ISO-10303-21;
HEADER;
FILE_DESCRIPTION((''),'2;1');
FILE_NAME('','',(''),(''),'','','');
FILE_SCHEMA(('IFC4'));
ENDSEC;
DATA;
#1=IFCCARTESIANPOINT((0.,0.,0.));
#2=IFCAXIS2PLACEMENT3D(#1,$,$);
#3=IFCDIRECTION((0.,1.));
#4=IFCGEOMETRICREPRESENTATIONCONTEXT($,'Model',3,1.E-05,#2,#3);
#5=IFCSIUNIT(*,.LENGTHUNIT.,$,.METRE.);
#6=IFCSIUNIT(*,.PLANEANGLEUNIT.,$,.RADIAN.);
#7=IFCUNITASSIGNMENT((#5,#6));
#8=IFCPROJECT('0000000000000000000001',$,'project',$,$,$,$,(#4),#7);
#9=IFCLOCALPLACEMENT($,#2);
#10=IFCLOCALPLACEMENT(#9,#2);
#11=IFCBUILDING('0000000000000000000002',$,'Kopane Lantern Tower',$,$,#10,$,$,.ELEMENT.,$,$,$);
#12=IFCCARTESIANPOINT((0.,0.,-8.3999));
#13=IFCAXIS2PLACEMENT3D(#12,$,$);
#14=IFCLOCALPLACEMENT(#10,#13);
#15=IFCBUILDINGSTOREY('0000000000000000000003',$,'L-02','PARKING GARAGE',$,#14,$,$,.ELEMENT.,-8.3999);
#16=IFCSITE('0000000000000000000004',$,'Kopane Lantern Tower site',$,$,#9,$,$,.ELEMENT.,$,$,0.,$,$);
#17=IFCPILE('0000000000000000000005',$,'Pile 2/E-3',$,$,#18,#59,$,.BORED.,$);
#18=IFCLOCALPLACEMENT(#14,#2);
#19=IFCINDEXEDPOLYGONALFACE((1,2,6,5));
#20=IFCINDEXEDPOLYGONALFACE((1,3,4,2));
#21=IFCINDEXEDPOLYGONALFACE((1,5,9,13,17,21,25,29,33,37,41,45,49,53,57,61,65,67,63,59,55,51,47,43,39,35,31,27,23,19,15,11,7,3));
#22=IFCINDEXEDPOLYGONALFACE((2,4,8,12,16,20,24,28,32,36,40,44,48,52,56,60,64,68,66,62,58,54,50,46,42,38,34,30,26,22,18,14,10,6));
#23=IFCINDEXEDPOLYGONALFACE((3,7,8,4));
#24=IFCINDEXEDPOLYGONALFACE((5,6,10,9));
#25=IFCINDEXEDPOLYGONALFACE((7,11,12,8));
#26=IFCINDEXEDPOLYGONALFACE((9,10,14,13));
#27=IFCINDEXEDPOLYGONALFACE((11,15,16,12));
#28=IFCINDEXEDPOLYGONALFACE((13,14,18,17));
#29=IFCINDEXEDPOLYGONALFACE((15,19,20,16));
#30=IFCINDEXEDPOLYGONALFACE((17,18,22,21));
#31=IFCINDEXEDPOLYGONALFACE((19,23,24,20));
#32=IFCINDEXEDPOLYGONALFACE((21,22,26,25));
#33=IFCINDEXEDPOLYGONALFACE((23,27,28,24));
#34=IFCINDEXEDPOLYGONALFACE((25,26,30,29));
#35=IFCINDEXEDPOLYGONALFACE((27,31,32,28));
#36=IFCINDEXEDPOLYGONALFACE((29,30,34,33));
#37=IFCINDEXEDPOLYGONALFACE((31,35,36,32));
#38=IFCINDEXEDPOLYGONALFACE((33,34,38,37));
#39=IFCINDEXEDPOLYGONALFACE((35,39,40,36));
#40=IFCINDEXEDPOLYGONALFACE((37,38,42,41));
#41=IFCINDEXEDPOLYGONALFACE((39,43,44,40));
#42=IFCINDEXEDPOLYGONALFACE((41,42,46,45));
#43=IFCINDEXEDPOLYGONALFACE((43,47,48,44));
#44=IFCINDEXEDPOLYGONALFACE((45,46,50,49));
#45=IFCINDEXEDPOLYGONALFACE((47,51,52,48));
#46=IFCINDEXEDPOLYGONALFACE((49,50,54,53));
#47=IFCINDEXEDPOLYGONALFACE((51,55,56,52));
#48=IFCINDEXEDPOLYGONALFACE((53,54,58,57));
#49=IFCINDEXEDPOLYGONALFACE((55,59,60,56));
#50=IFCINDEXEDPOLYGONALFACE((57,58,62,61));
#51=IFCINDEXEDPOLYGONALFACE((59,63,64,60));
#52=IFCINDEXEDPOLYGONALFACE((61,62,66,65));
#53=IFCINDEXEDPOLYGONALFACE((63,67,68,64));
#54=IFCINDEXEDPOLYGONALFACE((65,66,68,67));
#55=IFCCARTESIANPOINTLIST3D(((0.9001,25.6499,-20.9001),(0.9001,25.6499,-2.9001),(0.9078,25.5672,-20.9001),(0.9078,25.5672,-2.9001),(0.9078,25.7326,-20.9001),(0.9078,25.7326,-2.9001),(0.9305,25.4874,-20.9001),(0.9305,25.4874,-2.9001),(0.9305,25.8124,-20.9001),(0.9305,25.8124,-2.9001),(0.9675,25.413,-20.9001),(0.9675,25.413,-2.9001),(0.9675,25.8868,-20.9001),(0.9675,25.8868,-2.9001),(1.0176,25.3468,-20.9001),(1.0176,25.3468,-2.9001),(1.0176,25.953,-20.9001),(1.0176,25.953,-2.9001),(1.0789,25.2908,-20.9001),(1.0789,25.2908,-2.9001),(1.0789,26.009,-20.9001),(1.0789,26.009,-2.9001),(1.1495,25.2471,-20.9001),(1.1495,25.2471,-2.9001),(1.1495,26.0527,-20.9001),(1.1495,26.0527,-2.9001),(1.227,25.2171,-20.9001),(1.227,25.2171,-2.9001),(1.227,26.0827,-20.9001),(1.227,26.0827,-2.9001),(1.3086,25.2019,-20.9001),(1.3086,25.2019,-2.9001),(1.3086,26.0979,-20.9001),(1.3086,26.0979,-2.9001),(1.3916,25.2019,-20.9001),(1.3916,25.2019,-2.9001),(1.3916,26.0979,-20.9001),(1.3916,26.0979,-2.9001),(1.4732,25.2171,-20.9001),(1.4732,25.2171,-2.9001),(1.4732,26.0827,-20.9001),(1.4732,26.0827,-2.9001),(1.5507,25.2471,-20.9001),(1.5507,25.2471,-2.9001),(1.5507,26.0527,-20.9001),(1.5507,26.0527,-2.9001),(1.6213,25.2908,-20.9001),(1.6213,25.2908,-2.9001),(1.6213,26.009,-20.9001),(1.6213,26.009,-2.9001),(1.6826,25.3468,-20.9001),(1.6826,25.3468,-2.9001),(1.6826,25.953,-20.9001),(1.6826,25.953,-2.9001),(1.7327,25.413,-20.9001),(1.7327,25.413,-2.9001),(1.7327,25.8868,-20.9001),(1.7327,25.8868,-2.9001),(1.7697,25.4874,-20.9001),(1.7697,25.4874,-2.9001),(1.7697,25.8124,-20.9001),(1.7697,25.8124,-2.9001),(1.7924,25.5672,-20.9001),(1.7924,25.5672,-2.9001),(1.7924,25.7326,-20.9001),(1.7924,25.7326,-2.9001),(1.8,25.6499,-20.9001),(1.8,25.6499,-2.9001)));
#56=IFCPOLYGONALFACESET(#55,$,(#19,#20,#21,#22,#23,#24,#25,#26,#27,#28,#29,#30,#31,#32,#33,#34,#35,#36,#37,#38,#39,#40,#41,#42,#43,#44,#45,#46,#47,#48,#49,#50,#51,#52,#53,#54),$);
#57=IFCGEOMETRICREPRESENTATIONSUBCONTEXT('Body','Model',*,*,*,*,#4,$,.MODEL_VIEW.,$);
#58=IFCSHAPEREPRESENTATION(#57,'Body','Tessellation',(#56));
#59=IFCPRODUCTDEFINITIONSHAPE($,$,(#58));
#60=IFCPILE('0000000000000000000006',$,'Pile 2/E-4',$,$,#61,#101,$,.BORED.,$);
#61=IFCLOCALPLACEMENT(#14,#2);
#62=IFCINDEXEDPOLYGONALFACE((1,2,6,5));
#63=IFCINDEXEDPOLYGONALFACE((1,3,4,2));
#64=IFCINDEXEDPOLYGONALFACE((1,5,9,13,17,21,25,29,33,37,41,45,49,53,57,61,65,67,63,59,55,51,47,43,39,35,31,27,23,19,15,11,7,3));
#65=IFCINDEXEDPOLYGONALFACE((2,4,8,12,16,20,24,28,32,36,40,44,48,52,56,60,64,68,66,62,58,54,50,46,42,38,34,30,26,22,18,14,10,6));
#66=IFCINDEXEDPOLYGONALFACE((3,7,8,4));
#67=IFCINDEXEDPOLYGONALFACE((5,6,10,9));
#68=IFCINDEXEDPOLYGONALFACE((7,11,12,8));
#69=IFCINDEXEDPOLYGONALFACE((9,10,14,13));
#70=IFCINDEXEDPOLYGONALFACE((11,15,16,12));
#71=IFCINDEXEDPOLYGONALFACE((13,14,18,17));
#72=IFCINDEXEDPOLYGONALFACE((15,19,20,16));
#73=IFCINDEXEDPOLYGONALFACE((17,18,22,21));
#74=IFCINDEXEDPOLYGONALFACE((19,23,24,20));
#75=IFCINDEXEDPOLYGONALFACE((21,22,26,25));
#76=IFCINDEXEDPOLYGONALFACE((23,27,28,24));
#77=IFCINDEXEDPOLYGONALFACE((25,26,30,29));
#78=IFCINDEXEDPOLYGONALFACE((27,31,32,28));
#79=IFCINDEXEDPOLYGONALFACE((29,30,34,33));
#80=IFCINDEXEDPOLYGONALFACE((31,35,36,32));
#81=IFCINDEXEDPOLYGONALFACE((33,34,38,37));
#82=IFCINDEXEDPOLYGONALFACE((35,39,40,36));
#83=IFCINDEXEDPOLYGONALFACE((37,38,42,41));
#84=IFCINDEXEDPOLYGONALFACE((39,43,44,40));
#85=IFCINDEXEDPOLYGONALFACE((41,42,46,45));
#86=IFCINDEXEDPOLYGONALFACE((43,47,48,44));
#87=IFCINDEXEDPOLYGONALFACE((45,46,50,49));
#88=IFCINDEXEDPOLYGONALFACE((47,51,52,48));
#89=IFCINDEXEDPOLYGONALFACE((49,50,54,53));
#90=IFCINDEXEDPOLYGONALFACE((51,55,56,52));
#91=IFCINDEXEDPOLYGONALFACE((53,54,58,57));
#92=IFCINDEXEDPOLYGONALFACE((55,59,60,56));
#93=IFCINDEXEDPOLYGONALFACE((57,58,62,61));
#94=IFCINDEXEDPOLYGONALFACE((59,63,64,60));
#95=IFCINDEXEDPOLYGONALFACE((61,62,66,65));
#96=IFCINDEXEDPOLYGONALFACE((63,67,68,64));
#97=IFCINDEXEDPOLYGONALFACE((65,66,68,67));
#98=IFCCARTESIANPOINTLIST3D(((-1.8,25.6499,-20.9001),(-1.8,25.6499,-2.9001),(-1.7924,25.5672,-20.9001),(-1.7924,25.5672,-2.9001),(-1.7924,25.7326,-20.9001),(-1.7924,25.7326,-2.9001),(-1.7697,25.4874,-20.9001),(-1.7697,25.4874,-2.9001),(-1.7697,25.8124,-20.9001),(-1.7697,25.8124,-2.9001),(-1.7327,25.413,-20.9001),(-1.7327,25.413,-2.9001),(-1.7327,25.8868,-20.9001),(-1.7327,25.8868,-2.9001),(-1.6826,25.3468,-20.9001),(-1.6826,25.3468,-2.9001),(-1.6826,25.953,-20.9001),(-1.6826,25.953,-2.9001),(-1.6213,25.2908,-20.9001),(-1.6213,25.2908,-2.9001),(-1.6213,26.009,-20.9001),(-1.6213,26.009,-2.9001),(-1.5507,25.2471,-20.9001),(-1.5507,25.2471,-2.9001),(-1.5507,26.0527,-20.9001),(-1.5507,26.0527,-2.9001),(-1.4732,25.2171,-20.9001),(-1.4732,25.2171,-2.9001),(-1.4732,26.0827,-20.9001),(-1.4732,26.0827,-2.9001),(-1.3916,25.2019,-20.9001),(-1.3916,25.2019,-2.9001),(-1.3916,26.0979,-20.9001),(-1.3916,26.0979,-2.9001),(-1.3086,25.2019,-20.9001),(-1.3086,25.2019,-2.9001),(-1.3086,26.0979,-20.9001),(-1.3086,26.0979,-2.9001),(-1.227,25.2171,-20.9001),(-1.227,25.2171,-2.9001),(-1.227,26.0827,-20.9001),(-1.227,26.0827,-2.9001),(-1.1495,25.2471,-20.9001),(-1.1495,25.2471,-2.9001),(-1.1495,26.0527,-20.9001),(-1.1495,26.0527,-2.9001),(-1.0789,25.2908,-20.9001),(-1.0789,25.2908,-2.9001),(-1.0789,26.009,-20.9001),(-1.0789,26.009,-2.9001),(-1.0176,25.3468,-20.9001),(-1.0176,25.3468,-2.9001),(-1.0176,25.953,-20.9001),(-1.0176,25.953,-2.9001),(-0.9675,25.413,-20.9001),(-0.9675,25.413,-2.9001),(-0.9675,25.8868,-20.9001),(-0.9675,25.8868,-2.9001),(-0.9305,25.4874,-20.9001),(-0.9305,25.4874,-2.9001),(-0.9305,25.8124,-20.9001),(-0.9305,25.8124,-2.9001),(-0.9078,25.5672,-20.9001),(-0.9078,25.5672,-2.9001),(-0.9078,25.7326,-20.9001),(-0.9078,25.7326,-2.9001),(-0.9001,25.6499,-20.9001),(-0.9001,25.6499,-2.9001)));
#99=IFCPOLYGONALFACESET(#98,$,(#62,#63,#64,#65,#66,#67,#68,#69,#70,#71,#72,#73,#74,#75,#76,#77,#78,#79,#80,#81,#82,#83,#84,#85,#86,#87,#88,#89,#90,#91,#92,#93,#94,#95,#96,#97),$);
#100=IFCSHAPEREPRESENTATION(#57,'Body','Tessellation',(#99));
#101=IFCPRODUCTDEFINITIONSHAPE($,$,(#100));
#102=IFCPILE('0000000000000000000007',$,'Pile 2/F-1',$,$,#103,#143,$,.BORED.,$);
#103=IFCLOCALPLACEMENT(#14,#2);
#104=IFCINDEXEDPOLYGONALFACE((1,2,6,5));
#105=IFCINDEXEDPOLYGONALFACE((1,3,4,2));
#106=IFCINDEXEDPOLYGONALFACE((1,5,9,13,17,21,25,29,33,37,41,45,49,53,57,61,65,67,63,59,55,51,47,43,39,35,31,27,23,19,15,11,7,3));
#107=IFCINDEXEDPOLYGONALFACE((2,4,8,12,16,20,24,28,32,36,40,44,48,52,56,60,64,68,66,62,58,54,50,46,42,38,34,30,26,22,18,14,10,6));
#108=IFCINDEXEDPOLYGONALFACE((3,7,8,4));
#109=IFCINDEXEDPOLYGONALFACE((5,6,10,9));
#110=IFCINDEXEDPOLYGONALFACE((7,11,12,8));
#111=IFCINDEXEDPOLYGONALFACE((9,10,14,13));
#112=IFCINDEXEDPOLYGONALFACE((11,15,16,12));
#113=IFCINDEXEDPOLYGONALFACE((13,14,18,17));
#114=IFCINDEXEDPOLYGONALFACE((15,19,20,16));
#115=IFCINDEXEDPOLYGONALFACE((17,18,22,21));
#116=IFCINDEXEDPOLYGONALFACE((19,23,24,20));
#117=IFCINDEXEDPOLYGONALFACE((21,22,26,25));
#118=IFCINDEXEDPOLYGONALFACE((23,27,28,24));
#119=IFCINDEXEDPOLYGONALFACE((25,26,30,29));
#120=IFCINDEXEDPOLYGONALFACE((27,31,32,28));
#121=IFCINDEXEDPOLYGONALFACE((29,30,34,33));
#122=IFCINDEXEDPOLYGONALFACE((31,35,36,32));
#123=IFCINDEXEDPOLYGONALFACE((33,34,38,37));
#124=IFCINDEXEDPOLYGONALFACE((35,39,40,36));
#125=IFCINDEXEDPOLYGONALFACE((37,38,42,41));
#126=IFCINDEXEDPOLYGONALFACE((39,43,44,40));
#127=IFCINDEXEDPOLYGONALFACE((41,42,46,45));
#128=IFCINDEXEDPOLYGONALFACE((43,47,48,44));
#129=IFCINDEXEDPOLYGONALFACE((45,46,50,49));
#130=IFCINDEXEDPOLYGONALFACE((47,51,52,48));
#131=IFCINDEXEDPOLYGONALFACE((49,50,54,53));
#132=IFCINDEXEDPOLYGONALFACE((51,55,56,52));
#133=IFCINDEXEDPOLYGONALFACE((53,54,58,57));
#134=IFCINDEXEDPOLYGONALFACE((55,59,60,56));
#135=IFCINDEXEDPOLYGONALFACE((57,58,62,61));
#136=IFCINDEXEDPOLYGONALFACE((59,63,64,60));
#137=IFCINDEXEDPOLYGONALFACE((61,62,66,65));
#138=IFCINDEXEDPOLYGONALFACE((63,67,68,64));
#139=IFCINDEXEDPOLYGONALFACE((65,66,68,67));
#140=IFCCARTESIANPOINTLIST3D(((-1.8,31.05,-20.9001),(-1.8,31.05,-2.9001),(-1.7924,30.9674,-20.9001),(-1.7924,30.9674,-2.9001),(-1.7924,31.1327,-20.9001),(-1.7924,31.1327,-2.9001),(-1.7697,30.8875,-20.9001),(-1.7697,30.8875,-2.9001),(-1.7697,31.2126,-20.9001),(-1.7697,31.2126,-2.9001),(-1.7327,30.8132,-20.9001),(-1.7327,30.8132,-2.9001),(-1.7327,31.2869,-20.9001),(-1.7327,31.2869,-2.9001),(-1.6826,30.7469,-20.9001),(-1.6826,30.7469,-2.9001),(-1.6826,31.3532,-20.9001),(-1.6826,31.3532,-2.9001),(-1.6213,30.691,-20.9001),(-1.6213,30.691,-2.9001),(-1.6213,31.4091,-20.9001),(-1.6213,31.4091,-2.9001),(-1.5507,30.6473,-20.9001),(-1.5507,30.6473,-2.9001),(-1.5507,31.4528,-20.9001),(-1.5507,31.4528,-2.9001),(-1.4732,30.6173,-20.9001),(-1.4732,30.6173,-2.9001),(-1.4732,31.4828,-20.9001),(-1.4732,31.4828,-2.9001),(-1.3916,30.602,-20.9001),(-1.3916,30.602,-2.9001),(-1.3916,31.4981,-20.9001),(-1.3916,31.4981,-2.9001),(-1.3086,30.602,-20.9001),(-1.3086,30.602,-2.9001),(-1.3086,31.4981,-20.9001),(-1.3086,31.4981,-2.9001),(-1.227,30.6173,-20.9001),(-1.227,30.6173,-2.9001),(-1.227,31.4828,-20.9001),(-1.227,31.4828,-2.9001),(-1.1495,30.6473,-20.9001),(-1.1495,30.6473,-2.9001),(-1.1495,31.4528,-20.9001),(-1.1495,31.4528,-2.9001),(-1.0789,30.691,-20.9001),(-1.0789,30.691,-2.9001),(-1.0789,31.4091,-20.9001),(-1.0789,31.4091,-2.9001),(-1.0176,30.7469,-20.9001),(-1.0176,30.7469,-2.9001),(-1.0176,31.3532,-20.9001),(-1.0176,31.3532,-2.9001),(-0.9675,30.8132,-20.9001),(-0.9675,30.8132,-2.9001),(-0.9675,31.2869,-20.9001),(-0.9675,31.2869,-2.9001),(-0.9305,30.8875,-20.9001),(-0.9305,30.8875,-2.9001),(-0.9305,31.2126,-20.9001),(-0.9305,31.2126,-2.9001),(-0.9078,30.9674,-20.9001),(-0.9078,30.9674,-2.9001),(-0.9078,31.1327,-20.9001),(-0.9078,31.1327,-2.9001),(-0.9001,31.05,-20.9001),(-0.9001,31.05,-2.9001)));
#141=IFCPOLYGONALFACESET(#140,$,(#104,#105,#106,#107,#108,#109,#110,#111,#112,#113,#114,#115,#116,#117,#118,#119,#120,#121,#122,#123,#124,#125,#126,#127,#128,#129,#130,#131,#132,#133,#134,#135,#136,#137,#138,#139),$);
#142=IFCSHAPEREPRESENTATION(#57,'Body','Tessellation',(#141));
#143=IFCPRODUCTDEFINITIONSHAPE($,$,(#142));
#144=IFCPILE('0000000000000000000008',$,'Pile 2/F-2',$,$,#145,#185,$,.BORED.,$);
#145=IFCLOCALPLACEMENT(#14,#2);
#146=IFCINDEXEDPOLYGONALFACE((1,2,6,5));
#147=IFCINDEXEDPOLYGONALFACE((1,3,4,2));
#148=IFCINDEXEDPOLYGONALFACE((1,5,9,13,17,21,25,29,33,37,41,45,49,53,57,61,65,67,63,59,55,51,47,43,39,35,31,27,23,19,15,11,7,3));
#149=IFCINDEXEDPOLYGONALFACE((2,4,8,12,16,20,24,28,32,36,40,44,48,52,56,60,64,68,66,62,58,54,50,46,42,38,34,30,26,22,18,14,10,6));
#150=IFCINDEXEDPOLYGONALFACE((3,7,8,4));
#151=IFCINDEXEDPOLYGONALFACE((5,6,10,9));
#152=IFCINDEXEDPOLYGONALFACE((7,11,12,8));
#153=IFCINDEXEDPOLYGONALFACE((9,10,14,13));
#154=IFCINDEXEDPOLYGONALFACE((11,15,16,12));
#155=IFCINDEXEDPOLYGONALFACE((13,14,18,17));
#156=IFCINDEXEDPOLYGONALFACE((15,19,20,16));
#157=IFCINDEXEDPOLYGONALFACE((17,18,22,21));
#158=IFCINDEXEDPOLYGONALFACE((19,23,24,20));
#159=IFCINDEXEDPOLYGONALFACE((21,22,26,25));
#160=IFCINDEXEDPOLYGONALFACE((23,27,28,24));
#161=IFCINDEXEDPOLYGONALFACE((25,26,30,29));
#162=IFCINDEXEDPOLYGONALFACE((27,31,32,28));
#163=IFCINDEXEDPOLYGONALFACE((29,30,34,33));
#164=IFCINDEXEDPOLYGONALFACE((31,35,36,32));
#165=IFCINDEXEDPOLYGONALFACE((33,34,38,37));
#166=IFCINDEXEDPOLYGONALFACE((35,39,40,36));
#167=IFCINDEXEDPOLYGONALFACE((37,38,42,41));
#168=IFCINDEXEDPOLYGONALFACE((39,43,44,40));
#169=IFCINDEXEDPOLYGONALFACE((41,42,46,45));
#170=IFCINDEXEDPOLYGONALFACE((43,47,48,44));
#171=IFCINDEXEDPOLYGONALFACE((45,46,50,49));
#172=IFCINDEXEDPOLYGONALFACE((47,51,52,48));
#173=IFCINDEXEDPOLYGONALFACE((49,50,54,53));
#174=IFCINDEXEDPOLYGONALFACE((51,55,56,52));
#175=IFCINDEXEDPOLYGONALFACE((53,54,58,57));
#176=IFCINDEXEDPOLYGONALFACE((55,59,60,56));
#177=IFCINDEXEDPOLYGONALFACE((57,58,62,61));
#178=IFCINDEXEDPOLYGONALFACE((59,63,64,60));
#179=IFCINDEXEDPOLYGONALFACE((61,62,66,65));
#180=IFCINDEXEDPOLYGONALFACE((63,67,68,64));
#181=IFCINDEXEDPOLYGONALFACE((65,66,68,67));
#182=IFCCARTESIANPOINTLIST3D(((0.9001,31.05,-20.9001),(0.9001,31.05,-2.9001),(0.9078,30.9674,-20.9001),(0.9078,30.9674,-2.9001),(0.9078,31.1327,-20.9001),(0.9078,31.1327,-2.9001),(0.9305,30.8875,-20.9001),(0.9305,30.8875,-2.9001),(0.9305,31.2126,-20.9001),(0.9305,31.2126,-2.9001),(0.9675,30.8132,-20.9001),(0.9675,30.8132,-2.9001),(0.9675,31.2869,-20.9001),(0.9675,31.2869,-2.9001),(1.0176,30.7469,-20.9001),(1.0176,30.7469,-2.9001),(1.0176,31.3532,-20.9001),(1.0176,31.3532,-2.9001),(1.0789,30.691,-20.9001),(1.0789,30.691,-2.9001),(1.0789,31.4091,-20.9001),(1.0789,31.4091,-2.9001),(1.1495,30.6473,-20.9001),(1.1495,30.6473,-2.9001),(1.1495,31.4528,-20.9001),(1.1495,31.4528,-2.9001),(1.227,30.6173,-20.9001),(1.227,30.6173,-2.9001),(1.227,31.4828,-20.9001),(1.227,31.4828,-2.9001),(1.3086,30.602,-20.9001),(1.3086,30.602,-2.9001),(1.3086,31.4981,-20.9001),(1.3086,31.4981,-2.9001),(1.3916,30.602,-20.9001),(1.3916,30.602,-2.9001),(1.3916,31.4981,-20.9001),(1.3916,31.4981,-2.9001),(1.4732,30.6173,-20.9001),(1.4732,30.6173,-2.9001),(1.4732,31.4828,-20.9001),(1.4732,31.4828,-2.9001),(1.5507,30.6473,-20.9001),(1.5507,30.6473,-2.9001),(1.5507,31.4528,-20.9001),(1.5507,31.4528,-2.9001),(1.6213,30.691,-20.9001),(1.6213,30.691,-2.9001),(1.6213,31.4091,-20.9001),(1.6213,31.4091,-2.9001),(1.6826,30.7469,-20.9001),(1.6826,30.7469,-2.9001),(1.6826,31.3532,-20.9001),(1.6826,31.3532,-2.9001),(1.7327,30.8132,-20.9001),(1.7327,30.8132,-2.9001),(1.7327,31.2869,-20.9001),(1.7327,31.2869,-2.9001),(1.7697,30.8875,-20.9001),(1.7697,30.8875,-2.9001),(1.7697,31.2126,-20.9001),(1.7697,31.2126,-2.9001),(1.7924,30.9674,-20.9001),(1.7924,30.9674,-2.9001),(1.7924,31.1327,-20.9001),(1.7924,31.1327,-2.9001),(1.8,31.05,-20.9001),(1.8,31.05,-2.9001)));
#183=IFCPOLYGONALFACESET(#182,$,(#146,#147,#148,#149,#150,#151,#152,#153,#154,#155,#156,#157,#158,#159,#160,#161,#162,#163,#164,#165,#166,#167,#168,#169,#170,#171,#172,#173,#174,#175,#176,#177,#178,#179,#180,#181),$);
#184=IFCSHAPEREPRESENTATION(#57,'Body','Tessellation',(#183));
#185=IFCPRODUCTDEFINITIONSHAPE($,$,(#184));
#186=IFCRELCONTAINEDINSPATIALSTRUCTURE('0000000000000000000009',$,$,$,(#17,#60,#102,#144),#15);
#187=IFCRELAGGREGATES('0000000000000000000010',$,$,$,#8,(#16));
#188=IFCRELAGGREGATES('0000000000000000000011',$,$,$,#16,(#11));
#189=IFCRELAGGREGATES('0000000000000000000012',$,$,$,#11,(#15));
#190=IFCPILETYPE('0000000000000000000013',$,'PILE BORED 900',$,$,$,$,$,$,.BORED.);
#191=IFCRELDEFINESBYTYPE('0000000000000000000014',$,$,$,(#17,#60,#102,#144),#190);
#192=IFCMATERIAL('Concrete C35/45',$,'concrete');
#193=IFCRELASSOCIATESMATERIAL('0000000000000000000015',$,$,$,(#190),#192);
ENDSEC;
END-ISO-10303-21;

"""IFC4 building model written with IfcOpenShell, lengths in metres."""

from ifc_helpers import new_model, si_unit, direction, frame, origin, origin_2d, place, context, subcontext, project, spatial, circle, extrude, material, material_profile, profile_set, type_object, element, save


model = new_model("IFC4")

# Units and contexts
model_context = context("Model", 3, precision=1e-05, world=origin(), true_north=direction((0.0, 1.0)))
body_context = subcontext(model_context, "Body", "Model", "MODEL_VIEW")
ifc_project = project(units=[si_unit("LENGTHUNIT", "METRE"), si_unit("PLANEANGLEUNIT", "RADIAN")], contexts=[model_context])

# Site, building, storey
site_placement = place(None, origin())
site = spatial("IfcSite", under=ifc_project, at=site_placement, Name="Kopane Lantern Tower site", CompositionType="ELEMENT", RefElevation=0.0)
building_placement = place(site_placement, origin())
building = spatial("IfcBuilding", under=site, at=building_placement, Name="Kopane Lantern Tower", CompositionType="ELEMENT")
storey_placement = place(building_placement, frame((0.0, 0.0, -8.3999)))
storey = spatial("IfcBuildingStorey", under=building, at=storey_placement, Name="L-02", Description="PARKING GARAGE", CompositionType="ELEMENT", Elevation=-8.3999)

# Piles
ifc_material_1 = material(Name="Concrete C35/45", Category="concrete")
ifc_material_profile_1 = material_profile(ifc_material_1, circle(Radius=0.45, at=origin_2d()), Name="D900")
ifc_profile_set_1 = profile_set([ifc_material_profile_1], Name="Concrete C35/45")
pile_type_1 = type_object("IfcPileType", Name="PILE BORED 900", PredefinedType="BORED", material=ifc_profile_set_1)
for number, where, z_axis, x_axis, name in (
    (1, (1.3501, 25.6499, -2.9001), (0.0, 0.0, -1.0), (1.0, 0.0, 0.0), "Pile 2/E-3"),
    (2, (-1.3501, 25.6499, -2.9001), (0.0, 0.0, -1.0), (1.0, 0.0, 0.0), "Pile 2/E-4"),
    (3, (-1.3501, 31.05, -2.9001), (0.0, 0.0, -1.0), (1.0, 0.0, 0.0), "Pile 2/F-1"),
    (4, (1.3501, 31.05, -2.9001), (0.0, 0.0, -1.0), (1.0, 0.0, 0.0), "Pile 2/F-2"),
):
    element("IfcPile", number, at=place(storey_placement, frame(where, z_axis=z_axis, x_axis=x_axis)), inside=storey, type_object=pile_type_1, Name=name, PredefinedType="BORED", context=body_context, shape_type="SweptSolid", body=[
        extrude(circle(Radius=0.45, at=origin_2d()), origin(), (0.0, 0.0, 1.0), 18.0),
    ])

save(model, "model.ifc")
